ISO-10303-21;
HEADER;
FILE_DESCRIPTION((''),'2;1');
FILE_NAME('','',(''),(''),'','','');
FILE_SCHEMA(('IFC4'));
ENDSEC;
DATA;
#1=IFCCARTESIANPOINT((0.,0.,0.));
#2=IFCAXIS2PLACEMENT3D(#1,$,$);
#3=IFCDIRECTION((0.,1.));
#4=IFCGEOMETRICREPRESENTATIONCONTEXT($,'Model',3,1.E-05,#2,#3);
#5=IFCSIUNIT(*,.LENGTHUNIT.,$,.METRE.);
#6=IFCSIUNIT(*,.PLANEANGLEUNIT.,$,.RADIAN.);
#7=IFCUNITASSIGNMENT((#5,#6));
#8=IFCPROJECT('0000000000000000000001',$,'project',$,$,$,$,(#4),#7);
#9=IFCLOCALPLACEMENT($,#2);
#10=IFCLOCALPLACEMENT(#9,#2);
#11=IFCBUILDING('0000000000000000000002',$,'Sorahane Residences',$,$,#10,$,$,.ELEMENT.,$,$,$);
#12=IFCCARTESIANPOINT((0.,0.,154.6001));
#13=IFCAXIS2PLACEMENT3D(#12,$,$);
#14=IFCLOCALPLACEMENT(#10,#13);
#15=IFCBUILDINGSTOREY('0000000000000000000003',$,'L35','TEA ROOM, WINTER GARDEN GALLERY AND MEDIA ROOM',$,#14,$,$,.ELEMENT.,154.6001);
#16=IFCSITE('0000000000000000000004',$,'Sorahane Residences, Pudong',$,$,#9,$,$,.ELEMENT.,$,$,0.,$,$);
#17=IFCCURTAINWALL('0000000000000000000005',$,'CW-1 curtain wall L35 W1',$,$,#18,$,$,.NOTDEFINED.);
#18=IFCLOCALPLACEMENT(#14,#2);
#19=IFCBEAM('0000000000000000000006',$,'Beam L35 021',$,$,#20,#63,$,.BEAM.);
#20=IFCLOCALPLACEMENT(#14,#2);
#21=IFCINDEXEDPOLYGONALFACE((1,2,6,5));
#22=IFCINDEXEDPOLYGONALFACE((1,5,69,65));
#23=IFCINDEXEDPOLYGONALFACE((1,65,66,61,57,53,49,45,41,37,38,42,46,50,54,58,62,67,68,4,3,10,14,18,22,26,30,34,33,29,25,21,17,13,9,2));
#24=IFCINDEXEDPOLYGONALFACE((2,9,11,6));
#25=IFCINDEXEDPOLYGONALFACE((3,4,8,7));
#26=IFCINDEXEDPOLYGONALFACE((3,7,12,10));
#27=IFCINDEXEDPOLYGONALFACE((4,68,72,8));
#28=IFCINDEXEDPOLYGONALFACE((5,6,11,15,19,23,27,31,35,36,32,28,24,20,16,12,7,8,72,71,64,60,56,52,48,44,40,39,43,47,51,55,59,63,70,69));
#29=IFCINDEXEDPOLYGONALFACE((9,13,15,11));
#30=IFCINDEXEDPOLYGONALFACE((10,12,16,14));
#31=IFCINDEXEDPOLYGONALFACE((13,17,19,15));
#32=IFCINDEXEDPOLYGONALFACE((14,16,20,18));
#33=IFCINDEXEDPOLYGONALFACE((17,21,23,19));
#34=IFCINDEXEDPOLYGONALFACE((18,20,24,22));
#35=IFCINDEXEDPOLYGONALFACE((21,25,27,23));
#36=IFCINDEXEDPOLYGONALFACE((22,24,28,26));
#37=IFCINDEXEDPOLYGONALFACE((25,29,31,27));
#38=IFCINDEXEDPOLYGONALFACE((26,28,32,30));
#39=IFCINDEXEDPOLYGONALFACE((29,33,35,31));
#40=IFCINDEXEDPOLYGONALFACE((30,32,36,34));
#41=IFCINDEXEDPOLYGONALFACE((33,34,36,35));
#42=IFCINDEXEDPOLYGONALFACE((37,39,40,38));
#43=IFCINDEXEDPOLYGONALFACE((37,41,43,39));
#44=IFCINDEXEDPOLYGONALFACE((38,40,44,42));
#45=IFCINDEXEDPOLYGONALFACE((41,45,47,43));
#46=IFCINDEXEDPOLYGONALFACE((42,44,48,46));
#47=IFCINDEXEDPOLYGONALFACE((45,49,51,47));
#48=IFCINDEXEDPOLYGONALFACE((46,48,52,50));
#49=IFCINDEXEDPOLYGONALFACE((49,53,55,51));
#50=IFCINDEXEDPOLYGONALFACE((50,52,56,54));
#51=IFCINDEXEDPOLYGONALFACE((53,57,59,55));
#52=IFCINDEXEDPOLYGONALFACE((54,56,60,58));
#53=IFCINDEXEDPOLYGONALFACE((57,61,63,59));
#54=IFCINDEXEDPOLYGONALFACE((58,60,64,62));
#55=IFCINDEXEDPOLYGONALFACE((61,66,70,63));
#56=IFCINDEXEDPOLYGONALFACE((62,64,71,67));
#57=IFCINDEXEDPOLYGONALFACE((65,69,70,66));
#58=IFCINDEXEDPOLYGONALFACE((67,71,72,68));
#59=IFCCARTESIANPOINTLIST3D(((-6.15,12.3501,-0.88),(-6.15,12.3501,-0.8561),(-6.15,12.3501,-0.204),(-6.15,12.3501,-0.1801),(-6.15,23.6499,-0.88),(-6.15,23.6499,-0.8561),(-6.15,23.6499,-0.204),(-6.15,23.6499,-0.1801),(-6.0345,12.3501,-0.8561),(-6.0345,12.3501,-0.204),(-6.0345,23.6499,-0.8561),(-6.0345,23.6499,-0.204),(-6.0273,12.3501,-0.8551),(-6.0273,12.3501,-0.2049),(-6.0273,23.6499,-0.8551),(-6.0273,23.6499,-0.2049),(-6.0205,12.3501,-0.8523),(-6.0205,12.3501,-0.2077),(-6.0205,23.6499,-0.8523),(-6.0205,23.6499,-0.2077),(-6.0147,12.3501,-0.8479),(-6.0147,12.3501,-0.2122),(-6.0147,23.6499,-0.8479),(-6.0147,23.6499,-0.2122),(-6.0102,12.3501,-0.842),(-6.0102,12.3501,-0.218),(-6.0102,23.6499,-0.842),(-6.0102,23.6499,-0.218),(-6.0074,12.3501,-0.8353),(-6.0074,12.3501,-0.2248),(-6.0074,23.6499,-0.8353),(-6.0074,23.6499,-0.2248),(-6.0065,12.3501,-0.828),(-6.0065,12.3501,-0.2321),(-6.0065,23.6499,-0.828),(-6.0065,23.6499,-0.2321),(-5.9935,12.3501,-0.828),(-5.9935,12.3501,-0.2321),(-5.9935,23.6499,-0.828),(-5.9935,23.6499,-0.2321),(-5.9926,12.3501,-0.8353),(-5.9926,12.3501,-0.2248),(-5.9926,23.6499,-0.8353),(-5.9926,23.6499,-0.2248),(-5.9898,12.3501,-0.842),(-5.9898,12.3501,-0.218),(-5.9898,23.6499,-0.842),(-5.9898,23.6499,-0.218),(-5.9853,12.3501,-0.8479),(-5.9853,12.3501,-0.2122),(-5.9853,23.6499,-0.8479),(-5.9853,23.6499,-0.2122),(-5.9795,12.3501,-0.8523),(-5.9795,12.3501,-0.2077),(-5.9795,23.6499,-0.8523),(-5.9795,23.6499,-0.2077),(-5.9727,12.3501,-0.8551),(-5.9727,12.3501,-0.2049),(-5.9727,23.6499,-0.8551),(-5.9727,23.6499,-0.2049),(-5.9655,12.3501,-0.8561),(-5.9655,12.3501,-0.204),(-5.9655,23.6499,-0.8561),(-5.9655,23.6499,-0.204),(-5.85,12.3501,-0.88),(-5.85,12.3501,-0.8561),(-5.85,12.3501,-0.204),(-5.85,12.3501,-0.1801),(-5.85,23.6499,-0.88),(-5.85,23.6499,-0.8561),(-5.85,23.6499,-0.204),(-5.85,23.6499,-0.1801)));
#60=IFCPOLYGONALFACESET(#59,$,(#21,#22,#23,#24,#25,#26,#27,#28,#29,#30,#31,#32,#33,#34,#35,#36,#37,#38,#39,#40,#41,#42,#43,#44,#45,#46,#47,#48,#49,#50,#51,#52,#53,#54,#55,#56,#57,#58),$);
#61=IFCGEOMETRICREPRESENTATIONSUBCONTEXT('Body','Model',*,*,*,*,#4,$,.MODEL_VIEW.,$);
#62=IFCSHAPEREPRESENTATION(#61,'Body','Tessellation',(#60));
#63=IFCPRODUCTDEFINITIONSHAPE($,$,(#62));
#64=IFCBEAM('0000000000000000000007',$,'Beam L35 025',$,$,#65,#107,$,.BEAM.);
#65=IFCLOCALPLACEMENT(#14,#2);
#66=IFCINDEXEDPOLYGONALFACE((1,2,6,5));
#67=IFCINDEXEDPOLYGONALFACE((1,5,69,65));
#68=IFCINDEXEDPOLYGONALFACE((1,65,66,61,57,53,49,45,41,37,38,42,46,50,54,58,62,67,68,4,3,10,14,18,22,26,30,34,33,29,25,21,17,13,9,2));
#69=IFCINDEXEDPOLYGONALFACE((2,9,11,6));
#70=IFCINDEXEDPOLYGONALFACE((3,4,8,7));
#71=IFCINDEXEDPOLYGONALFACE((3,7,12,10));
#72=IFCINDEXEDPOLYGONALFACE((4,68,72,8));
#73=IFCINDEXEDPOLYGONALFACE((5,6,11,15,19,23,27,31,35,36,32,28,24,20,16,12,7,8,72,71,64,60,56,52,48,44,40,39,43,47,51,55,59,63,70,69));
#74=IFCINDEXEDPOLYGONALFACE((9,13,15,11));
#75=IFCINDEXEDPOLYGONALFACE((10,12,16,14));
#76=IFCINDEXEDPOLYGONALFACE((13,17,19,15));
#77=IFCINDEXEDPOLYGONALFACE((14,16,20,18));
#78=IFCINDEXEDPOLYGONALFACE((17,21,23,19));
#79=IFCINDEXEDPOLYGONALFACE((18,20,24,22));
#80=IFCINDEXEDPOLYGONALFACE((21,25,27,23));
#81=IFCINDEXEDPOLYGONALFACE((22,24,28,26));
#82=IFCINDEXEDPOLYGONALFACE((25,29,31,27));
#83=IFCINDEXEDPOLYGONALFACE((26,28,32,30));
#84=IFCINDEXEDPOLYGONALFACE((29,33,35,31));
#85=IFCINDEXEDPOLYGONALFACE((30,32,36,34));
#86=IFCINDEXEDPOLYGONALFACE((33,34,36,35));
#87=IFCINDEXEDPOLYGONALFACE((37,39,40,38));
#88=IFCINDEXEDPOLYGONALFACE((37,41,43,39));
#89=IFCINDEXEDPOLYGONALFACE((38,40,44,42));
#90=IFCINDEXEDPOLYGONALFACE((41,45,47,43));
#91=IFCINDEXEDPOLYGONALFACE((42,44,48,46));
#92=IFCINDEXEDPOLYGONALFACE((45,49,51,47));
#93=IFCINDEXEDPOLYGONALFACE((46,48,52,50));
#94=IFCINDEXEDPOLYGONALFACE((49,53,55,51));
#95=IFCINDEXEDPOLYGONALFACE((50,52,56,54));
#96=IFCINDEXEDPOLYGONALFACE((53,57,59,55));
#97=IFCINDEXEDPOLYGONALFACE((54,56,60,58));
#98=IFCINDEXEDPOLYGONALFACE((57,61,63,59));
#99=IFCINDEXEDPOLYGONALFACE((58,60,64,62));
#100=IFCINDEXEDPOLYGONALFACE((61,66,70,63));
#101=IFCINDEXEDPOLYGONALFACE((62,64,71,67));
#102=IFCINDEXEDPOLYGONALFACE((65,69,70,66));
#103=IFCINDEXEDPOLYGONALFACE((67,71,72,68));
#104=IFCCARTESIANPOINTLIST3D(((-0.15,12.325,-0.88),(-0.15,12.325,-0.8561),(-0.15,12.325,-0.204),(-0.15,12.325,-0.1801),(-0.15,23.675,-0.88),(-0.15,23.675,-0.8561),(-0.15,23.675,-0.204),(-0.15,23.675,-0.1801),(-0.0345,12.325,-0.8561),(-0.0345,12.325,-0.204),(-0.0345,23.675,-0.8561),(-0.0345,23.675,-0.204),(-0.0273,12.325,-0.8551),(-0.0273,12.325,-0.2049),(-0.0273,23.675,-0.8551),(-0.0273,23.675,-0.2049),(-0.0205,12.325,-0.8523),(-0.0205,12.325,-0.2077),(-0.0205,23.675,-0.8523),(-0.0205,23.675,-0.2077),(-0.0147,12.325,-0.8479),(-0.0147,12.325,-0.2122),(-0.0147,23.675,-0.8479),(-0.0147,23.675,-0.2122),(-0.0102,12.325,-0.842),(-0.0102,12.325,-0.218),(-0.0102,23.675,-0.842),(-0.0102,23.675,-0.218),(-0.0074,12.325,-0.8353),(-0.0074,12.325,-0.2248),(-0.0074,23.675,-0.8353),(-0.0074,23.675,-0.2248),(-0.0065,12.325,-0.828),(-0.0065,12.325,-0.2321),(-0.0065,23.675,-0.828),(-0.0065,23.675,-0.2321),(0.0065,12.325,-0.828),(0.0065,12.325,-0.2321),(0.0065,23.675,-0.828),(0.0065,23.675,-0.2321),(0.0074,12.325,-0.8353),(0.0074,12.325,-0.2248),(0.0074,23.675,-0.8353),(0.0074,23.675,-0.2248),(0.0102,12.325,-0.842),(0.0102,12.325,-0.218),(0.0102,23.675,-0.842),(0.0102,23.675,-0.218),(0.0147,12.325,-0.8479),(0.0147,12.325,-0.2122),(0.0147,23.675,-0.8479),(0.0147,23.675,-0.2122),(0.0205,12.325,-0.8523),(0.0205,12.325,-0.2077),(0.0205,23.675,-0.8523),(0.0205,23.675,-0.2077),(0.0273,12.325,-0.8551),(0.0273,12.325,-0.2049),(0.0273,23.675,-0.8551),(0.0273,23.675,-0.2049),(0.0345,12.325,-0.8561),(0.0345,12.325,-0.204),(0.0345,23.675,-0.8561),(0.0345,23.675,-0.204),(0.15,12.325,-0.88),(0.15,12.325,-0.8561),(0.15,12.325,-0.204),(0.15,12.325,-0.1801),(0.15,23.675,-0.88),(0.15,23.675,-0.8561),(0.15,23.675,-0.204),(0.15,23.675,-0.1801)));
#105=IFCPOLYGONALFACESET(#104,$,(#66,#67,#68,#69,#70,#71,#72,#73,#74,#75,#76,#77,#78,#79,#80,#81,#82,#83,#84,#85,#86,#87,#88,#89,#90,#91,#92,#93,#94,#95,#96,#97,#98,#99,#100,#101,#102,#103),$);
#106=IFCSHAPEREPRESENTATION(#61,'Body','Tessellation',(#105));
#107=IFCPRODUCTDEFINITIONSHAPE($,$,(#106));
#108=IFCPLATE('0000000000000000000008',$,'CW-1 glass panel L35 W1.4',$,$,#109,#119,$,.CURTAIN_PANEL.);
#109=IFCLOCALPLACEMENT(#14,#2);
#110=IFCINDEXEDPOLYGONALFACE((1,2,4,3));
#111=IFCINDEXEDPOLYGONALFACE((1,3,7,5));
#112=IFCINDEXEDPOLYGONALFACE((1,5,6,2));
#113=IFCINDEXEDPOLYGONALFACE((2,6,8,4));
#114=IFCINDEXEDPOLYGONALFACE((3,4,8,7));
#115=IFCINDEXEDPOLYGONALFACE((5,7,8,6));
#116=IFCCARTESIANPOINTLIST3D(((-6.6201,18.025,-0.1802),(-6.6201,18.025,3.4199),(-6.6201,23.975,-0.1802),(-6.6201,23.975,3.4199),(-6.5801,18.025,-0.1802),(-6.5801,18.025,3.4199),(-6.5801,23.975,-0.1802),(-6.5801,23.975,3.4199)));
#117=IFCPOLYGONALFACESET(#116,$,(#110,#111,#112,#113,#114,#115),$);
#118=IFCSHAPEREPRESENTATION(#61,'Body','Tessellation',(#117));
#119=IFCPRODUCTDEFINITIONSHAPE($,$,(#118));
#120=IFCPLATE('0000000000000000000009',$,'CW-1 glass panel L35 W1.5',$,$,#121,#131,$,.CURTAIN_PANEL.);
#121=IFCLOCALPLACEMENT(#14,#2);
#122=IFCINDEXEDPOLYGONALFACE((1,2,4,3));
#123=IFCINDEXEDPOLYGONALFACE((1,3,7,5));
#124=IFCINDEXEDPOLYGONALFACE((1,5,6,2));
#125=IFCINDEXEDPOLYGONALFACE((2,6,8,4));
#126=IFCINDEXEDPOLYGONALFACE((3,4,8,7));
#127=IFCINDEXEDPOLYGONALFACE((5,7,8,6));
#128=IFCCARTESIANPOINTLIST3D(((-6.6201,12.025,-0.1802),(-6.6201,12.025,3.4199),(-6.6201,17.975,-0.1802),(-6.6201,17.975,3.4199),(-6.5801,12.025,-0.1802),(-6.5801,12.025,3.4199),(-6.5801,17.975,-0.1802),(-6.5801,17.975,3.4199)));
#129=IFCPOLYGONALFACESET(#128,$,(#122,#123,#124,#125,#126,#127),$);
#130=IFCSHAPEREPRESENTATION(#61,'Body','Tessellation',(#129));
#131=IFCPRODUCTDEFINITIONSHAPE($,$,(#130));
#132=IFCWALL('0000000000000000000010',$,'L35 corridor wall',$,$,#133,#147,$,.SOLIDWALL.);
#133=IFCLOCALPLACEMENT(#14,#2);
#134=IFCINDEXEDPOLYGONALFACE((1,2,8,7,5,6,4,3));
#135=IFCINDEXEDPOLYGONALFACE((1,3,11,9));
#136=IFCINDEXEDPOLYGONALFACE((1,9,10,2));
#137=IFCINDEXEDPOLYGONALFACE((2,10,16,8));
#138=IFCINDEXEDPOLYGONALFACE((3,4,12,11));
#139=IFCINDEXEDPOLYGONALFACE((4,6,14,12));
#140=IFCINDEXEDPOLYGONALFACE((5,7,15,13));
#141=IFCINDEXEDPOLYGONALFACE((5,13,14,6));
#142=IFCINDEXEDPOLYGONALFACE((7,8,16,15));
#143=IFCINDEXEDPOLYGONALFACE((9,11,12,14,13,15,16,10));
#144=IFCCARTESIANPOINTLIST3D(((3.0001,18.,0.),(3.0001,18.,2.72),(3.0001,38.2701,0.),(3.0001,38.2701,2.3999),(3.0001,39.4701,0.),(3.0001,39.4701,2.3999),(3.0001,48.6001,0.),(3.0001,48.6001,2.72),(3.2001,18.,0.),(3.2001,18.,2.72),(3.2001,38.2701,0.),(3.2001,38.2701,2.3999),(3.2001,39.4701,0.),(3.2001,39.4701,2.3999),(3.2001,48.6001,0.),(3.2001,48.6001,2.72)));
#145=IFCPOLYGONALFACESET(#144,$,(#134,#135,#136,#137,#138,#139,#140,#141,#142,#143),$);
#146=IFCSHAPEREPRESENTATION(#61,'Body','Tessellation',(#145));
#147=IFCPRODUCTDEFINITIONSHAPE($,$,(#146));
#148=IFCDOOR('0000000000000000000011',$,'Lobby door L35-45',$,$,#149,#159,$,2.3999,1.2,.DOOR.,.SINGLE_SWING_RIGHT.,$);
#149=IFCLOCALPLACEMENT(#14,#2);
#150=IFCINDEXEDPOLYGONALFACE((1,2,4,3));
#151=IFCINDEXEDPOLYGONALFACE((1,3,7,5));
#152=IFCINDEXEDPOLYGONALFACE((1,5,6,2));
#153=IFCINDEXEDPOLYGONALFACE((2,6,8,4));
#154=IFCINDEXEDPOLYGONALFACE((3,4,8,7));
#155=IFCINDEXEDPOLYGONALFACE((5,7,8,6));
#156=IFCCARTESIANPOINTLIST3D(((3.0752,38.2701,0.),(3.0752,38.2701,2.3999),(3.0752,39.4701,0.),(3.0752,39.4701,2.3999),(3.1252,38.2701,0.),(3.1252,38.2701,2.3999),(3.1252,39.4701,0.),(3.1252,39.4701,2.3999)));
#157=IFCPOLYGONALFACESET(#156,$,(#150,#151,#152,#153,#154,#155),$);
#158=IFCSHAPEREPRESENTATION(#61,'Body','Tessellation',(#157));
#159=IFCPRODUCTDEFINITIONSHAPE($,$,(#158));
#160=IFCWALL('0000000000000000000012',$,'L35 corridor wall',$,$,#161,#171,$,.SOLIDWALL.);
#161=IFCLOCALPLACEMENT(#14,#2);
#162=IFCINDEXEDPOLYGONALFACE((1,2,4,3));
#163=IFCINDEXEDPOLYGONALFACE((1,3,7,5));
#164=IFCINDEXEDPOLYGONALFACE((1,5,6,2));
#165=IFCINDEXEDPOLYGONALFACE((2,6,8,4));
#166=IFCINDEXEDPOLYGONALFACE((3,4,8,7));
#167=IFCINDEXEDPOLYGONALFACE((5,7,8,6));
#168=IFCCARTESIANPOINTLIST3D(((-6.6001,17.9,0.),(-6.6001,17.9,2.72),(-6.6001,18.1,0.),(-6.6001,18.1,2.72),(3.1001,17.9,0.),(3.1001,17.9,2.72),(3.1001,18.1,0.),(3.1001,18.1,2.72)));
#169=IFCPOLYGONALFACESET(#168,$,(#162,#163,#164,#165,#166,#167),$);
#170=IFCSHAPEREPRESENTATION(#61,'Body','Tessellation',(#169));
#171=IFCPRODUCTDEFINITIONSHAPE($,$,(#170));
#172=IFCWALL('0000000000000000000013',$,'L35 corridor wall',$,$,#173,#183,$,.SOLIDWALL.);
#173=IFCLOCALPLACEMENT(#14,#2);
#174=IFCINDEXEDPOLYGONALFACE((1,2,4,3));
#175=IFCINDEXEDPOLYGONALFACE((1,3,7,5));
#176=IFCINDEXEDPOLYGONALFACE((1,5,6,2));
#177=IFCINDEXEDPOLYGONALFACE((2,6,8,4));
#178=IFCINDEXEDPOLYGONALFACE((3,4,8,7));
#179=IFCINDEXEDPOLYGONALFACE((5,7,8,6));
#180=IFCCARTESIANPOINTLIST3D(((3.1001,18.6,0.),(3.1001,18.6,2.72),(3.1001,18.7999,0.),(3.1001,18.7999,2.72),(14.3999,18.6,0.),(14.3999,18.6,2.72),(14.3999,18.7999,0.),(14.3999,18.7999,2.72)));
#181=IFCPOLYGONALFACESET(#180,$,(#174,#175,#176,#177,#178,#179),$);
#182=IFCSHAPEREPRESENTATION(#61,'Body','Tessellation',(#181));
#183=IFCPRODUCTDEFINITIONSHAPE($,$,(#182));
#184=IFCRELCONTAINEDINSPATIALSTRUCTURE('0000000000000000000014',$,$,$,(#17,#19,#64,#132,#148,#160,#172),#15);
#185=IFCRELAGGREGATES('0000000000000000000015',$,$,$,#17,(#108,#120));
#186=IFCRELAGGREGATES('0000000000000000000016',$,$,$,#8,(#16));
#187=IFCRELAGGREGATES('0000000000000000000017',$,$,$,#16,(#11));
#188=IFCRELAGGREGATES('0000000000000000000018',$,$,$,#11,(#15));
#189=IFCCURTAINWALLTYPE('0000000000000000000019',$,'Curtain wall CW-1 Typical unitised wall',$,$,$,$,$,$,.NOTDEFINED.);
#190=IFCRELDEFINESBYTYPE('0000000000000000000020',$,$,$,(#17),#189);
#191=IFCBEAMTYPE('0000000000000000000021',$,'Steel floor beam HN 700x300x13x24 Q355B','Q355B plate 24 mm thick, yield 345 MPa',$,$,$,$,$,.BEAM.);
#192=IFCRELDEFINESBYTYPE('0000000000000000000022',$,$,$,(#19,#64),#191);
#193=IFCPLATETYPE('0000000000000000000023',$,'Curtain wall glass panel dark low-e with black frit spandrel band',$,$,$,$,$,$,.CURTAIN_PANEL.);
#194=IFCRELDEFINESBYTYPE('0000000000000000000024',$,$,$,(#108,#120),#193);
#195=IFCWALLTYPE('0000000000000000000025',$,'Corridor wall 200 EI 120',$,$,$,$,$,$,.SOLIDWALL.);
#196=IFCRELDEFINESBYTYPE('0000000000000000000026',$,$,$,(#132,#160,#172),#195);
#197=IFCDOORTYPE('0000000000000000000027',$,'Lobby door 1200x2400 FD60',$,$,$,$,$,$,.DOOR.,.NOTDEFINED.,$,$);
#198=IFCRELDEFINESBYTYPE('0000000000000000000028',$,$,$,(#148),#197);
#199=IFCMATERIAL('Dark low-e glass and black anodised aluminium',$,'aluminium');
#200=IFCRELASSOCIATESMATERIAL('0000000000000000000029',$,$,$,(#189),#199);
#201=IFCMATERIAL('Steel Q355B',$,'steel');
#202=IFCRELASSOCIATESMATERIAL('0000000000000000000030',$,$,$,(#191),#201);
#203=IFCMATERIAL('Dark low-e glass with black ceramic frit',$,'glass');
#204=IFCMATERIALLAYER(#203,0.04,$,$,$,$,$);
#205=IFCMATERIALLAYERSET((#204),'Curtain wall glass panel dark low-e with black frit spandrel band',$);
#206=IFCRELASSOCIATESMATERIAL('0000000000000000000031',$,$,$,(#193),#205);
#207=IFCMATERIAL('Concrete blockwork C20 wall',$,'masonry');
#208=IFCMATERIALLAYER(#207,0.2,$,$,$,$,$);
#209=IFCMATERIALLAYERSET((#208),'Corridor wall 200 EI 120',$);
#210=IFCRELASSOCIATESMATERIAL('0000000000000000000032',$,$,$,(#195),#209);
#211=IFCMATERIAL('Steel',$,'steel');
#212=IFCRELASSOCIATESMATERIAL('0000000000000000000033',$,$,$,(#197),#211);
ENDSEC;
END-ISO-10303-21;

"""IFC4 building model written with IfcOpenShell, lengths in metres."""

from ifc_helpers import new_model, si_unit, direction, frame, frame_2d, origin, origin_2d, place, context, subcontext, project, spatial, rectangle, i_section, extrude, material, layer, layer_set, material_profile, profile_set, type_object, element, fill, aggregate, save


model = new_model("IFC4")

# Units and contexts
model_context = context("Model", 3, precision=1e-05, world=origin(), true_north=direction((0.0, 1.0)))
body_context = subcontext(model_context, "Body", "Model", "MODEL_VIEW")
ifc_project = project(units=[si_unit("LENGTHUNIT", "METRE"), si_unit("PLANEANGLEUNIT", "RADIAN")], contexts=[model_context])

# Site, building, storey
site_placement = place(None, origin())
site = spatial("IfcSite", under=ifc_project, at=site_placement, Name="Sorahane Residences, Pudong", CompositionType="ELEMENT", RefElevation=0.0)
building_placement = place(site_placement, origin())
building = spatial("IfcBuilding", under=site, at=building_placement, Name="Sorahane Residences", CompositionType="ELEMENT")
storey_placement = place(building_placement, frame((0.0, 0.0, 154.6001)))
storey = spatial("IfcBuildingStorey", under=building, at=storey_placement, Name="L35", Description="TEA ROOM, WINTER GARDEN GALLERY AND MEDIA ROOM", CompositionType="ELEMENT", Elevation=154.6001)

# Curtain wall
ifc_material_1 = material(Name="Dark low-e glass and black anodised aluminium", Category="aluminium")
curtain_wall_type = type_object("IfcCurtainWallType", Name="Curtain wall CW-1 Typical unitised wall", PredefinedType="NOTDEFINED", material=ifc_material_1)
curtain_wall_placement = place(storey_placement, origin())
curtain_wall = element("IfcCurtainWall", 1, at=curtain_wall_placement, inside=storey, type_object=curtain_wall_type, Name="CW-1 curtain wall L35 W1", PredefinedType="NOTDEFINED")

# Beams
ifc_material_2 = material(Name="Steel Q355B", Category="steel")
ifc_material_profile_1 = material_profile(ifc_material_2, i_section(OverallWidth=0.3, OverallDepth=0.7, WebThickness=0.0129, FlangeThickness=0.0239, FilletRadius=0.0281, at=origin_2d()), Name="HN 700x300x13x24")
ifc_profile_set_1 = profile_set([ifc_material_profile_1], Name="Steel Q355B")
beam_type_1 = type_object("IfcBeamType", Name="Steel floor beam HN 700x300x13x24 Q355B", Description="Q355B plate 24 mm thick, yield 345 MPa", PredefinedType="BEAM", material=ifc_profile_set_1)
beam_1_placement = place(storey_placement, frame((-6.0, 12.3501, -0.53), z_axis=(0.0, 1.0, 0.0), x_axis=(-1.0, 0.0, 0.0)))
element("IfcBeam", 2, at=beam_1_placement, inside=storey, type_object=beam_type_1, Name="Beam L35 021", PredefinedType="BEAM", context=body_context, shape_type="SweptSolid", body=[
    extrude(i_section(OverallWidth=0.3, OverallDepth=0.7, WebThickness=0.0129, FlangeThickness=0.0239, FilletRadius=0.0281, at=origin_2d()), origin(), (0.0, 0.0, 1.0), 11.2998),
])
beam_2_placement = place(storey_placement, frame((0.0, 12.325, -0.53), z_axis=(0.0, 1.0, 0.0), x_axis=(-1.0, 0.0, 0.0)))
element("IfcBeam", 3, at=beam_2_placement, inside=storey, type_object=beam_type_1, Name="Beam L35 025", PredefinedType="BEAM", context=body_context, shape_type="SweptSolid", body=[
    extrude(i_section(OverallWidth=0.3, OverallDepth=0.7, WebThickness=0.0129, FlangeThickness=0.0239, FilletRadius=0.0281, at=origin_2d()), origin(), (0.0, 0.0, 1.0), 11.3501),
])

# Plates
ifc_material_3 = material(Name="Dark low-e glass with black ceramic frit", Category="glass")
ifc_layer_1 = layer(ifc_material_3, 0.04)
ifc_layer_set_1 = layer_set([ifc_layer_1], Name="Curtain wall glass panel dark low-e with black frit spandrel band")
plate_type = type_object("IfcPlateType", Name="Curtain wall glass panel dark low-e with black frit spandrel band", PredefinedType="CURTAIN_PANEL", material=ifc_layer_set_1)
plate_1_placement = place(storey_placement, frame((-6.6001, 21.0, -0.1802), z_axis=(0.0, 0.0, 1.0), x_axis=(0.0, -1.0, 0.0)))
plate_1 = element("IfcPlate", 4, at=plate_1_placement, type_object=plate_type, Name="CW-1 glass panel L35 W1.4", PredefinedType="CURTAIN_PANEL", context=body_context, shape_type="SweptSolid", body=[
    extrude(rectangle(XDim=5.95, YDim=0.04, at=origin_2d()), origin(), (0.0, 0.0, 1.0), 3.6001),
])
plate_2_placement = place(storey_placement, frame((-6.6001, 15.0, -0.1802), z_axis=(0.0, 0.0, 1.0), x_axis=(0.0, -1.0, 0.0)))
plate_2 = element("IfcPlate", 5, at=plate_2_placement, type_object=plate_type, Name="CW-1 glass panel L35 W1.5", PredefinedType="CURTAIN_PANEL", context=body_context, shape_type="SweptSolid", body=[
    extrude(rectangle(XDim=5.95, YDim=0.04, at=origin_2d()), origin(), (0.0, 0.0, 1.0), 3.6001),
])
aggregate(curtain_wall, [plate_1, plate_2])

# Wall, opening, door
ifc_material_4 = material(Name="Concrete blockwork C20 wall", Category="masonry")
ifc_layer_2 = layer(ifc_material_4, 0.2)
ifc_layer_set_2 = layer_set([ifc_layer_2], Name="Corridor wall 200 EI 120")
wall_type_1 = type_object("IfcWallType", Name="Corridor wall 200 EI 120", PredefinedType="SOLIDWALL", material=ifc_layer_set_2)
wall_1_placement = place(storey_placement, frame((3.1001, 18.0, 0.0), z_axis=(0.0, 0.0, 1.0), x_axis=(0.0, 1.0, 0.0)))
wall_1 = element("IfcWall", 6, at=wall_1_placement, inside=storey, type_object=wall_type_1, Name="L35 corridor wall", PredefinedType="SOLIDWALL", context=body_context, shape_type="SweptSolid", body=[
    extrude(rectangle(XDim=30.6001, YDim=0.2, at=frame_2d((15.3, 0.0))), origin(), (0.0, 0.0, 1.0), 2.72),
])
opening_1_placement = place(wall_1_placement, frame((20.27, 0.0, 0.0)))
opening_1 = element("IfcOpeningElement", 7, at=opening_1_placement, cuts=wall_1, PredefinedType="OPENING", context=body_context, shape_type="SweptSolid", body=[
    extrude(rectangle(XDim=1.2, YDim=2.3999, at=frame_2d((0.6001, 1.2))), frame((0.0, 0.1099, 0.0), z_axis=(0.0, -1.0, 0.0), x_axis=(1.0, 0.0, 0.0)), (0.0, 0.0, 1.0), 0.22),
])
ifc_material_5 = material(Name="Steel", Category="steel")
door_type_1 = type_object("IfcDoorType", Name="Lobby door 1200x2400 FD60", OperationType="NOTDEFINED", PredefinedType="DOOR", material=ifc_material_5)
door_1_placement = place(opening_1_placement, origin())
door_1 = element("IfcDoor", 8, at=door_1_placement, inside=storey, type_object=door_type_1, Name="Lobby door L35-45", OperationType="SINGLE_SWING_RIGHT", OverallHeight=2.3999, OverallWidth=1.2, PredefinedType="DOOR", context=body_context, shape_type="SweptSolid", body=[
    extrude(rectangle(XDim=1.2, YDim=2.3999, at=frame_2d((0.6001, 1.2))), frame((0.0, 0.0249, 0.0), z_axis=(0.0, -1.0, 0.0), x_axis=(1.0, 0.0, 0.0)), (0.0, 0.0, 1.0), 0.05),
])
fill(opening_1, door_1)

# Walls
wall_2_placement = place(storey_placement, frame((-6.6001, 18.0, 0.0), z_axis=(0.0, 0.0, 1.0), x_axis=(1.0, 0.0, 0.0)))
element("IfcWall", 9, at=wall_2_placement, inside=storey, type_object=wall_type_1, Name="L35 corridor wall", PredefinedType="SOLIDWALL", context=body_context, shape_type="SweptSolid", body=[
    extrude(rectangle(XDim=9.7002, YDim=0.2, at=frame_2d((4.8501, 0.0))), origin(), (0.0, 0.0, 1.0), 2.72),
])
wall_3_placement = place(storey_placement, frame((3.1001, 18.7, 0.0), z_axis=(0.0, 0.0, 1.0), x_axis=(1.0, 0.0, 0.0)))
element("IfcWall", 10, at=wall_3_placement, inside=storey, type_object=wall_type_1, Name="L35 corridor wall", PredefinedType="SOLIDWALL", context=body_context, shape_type="SweptSolid", body=[
    extrude(rectangle(XDim=11.2998, YDim=0.2, at=frame_2d((5.6499, 0.0))), origin(), (0.0, 0.0, 1.0), 2.72),
])

save(model, "model.ifc")
